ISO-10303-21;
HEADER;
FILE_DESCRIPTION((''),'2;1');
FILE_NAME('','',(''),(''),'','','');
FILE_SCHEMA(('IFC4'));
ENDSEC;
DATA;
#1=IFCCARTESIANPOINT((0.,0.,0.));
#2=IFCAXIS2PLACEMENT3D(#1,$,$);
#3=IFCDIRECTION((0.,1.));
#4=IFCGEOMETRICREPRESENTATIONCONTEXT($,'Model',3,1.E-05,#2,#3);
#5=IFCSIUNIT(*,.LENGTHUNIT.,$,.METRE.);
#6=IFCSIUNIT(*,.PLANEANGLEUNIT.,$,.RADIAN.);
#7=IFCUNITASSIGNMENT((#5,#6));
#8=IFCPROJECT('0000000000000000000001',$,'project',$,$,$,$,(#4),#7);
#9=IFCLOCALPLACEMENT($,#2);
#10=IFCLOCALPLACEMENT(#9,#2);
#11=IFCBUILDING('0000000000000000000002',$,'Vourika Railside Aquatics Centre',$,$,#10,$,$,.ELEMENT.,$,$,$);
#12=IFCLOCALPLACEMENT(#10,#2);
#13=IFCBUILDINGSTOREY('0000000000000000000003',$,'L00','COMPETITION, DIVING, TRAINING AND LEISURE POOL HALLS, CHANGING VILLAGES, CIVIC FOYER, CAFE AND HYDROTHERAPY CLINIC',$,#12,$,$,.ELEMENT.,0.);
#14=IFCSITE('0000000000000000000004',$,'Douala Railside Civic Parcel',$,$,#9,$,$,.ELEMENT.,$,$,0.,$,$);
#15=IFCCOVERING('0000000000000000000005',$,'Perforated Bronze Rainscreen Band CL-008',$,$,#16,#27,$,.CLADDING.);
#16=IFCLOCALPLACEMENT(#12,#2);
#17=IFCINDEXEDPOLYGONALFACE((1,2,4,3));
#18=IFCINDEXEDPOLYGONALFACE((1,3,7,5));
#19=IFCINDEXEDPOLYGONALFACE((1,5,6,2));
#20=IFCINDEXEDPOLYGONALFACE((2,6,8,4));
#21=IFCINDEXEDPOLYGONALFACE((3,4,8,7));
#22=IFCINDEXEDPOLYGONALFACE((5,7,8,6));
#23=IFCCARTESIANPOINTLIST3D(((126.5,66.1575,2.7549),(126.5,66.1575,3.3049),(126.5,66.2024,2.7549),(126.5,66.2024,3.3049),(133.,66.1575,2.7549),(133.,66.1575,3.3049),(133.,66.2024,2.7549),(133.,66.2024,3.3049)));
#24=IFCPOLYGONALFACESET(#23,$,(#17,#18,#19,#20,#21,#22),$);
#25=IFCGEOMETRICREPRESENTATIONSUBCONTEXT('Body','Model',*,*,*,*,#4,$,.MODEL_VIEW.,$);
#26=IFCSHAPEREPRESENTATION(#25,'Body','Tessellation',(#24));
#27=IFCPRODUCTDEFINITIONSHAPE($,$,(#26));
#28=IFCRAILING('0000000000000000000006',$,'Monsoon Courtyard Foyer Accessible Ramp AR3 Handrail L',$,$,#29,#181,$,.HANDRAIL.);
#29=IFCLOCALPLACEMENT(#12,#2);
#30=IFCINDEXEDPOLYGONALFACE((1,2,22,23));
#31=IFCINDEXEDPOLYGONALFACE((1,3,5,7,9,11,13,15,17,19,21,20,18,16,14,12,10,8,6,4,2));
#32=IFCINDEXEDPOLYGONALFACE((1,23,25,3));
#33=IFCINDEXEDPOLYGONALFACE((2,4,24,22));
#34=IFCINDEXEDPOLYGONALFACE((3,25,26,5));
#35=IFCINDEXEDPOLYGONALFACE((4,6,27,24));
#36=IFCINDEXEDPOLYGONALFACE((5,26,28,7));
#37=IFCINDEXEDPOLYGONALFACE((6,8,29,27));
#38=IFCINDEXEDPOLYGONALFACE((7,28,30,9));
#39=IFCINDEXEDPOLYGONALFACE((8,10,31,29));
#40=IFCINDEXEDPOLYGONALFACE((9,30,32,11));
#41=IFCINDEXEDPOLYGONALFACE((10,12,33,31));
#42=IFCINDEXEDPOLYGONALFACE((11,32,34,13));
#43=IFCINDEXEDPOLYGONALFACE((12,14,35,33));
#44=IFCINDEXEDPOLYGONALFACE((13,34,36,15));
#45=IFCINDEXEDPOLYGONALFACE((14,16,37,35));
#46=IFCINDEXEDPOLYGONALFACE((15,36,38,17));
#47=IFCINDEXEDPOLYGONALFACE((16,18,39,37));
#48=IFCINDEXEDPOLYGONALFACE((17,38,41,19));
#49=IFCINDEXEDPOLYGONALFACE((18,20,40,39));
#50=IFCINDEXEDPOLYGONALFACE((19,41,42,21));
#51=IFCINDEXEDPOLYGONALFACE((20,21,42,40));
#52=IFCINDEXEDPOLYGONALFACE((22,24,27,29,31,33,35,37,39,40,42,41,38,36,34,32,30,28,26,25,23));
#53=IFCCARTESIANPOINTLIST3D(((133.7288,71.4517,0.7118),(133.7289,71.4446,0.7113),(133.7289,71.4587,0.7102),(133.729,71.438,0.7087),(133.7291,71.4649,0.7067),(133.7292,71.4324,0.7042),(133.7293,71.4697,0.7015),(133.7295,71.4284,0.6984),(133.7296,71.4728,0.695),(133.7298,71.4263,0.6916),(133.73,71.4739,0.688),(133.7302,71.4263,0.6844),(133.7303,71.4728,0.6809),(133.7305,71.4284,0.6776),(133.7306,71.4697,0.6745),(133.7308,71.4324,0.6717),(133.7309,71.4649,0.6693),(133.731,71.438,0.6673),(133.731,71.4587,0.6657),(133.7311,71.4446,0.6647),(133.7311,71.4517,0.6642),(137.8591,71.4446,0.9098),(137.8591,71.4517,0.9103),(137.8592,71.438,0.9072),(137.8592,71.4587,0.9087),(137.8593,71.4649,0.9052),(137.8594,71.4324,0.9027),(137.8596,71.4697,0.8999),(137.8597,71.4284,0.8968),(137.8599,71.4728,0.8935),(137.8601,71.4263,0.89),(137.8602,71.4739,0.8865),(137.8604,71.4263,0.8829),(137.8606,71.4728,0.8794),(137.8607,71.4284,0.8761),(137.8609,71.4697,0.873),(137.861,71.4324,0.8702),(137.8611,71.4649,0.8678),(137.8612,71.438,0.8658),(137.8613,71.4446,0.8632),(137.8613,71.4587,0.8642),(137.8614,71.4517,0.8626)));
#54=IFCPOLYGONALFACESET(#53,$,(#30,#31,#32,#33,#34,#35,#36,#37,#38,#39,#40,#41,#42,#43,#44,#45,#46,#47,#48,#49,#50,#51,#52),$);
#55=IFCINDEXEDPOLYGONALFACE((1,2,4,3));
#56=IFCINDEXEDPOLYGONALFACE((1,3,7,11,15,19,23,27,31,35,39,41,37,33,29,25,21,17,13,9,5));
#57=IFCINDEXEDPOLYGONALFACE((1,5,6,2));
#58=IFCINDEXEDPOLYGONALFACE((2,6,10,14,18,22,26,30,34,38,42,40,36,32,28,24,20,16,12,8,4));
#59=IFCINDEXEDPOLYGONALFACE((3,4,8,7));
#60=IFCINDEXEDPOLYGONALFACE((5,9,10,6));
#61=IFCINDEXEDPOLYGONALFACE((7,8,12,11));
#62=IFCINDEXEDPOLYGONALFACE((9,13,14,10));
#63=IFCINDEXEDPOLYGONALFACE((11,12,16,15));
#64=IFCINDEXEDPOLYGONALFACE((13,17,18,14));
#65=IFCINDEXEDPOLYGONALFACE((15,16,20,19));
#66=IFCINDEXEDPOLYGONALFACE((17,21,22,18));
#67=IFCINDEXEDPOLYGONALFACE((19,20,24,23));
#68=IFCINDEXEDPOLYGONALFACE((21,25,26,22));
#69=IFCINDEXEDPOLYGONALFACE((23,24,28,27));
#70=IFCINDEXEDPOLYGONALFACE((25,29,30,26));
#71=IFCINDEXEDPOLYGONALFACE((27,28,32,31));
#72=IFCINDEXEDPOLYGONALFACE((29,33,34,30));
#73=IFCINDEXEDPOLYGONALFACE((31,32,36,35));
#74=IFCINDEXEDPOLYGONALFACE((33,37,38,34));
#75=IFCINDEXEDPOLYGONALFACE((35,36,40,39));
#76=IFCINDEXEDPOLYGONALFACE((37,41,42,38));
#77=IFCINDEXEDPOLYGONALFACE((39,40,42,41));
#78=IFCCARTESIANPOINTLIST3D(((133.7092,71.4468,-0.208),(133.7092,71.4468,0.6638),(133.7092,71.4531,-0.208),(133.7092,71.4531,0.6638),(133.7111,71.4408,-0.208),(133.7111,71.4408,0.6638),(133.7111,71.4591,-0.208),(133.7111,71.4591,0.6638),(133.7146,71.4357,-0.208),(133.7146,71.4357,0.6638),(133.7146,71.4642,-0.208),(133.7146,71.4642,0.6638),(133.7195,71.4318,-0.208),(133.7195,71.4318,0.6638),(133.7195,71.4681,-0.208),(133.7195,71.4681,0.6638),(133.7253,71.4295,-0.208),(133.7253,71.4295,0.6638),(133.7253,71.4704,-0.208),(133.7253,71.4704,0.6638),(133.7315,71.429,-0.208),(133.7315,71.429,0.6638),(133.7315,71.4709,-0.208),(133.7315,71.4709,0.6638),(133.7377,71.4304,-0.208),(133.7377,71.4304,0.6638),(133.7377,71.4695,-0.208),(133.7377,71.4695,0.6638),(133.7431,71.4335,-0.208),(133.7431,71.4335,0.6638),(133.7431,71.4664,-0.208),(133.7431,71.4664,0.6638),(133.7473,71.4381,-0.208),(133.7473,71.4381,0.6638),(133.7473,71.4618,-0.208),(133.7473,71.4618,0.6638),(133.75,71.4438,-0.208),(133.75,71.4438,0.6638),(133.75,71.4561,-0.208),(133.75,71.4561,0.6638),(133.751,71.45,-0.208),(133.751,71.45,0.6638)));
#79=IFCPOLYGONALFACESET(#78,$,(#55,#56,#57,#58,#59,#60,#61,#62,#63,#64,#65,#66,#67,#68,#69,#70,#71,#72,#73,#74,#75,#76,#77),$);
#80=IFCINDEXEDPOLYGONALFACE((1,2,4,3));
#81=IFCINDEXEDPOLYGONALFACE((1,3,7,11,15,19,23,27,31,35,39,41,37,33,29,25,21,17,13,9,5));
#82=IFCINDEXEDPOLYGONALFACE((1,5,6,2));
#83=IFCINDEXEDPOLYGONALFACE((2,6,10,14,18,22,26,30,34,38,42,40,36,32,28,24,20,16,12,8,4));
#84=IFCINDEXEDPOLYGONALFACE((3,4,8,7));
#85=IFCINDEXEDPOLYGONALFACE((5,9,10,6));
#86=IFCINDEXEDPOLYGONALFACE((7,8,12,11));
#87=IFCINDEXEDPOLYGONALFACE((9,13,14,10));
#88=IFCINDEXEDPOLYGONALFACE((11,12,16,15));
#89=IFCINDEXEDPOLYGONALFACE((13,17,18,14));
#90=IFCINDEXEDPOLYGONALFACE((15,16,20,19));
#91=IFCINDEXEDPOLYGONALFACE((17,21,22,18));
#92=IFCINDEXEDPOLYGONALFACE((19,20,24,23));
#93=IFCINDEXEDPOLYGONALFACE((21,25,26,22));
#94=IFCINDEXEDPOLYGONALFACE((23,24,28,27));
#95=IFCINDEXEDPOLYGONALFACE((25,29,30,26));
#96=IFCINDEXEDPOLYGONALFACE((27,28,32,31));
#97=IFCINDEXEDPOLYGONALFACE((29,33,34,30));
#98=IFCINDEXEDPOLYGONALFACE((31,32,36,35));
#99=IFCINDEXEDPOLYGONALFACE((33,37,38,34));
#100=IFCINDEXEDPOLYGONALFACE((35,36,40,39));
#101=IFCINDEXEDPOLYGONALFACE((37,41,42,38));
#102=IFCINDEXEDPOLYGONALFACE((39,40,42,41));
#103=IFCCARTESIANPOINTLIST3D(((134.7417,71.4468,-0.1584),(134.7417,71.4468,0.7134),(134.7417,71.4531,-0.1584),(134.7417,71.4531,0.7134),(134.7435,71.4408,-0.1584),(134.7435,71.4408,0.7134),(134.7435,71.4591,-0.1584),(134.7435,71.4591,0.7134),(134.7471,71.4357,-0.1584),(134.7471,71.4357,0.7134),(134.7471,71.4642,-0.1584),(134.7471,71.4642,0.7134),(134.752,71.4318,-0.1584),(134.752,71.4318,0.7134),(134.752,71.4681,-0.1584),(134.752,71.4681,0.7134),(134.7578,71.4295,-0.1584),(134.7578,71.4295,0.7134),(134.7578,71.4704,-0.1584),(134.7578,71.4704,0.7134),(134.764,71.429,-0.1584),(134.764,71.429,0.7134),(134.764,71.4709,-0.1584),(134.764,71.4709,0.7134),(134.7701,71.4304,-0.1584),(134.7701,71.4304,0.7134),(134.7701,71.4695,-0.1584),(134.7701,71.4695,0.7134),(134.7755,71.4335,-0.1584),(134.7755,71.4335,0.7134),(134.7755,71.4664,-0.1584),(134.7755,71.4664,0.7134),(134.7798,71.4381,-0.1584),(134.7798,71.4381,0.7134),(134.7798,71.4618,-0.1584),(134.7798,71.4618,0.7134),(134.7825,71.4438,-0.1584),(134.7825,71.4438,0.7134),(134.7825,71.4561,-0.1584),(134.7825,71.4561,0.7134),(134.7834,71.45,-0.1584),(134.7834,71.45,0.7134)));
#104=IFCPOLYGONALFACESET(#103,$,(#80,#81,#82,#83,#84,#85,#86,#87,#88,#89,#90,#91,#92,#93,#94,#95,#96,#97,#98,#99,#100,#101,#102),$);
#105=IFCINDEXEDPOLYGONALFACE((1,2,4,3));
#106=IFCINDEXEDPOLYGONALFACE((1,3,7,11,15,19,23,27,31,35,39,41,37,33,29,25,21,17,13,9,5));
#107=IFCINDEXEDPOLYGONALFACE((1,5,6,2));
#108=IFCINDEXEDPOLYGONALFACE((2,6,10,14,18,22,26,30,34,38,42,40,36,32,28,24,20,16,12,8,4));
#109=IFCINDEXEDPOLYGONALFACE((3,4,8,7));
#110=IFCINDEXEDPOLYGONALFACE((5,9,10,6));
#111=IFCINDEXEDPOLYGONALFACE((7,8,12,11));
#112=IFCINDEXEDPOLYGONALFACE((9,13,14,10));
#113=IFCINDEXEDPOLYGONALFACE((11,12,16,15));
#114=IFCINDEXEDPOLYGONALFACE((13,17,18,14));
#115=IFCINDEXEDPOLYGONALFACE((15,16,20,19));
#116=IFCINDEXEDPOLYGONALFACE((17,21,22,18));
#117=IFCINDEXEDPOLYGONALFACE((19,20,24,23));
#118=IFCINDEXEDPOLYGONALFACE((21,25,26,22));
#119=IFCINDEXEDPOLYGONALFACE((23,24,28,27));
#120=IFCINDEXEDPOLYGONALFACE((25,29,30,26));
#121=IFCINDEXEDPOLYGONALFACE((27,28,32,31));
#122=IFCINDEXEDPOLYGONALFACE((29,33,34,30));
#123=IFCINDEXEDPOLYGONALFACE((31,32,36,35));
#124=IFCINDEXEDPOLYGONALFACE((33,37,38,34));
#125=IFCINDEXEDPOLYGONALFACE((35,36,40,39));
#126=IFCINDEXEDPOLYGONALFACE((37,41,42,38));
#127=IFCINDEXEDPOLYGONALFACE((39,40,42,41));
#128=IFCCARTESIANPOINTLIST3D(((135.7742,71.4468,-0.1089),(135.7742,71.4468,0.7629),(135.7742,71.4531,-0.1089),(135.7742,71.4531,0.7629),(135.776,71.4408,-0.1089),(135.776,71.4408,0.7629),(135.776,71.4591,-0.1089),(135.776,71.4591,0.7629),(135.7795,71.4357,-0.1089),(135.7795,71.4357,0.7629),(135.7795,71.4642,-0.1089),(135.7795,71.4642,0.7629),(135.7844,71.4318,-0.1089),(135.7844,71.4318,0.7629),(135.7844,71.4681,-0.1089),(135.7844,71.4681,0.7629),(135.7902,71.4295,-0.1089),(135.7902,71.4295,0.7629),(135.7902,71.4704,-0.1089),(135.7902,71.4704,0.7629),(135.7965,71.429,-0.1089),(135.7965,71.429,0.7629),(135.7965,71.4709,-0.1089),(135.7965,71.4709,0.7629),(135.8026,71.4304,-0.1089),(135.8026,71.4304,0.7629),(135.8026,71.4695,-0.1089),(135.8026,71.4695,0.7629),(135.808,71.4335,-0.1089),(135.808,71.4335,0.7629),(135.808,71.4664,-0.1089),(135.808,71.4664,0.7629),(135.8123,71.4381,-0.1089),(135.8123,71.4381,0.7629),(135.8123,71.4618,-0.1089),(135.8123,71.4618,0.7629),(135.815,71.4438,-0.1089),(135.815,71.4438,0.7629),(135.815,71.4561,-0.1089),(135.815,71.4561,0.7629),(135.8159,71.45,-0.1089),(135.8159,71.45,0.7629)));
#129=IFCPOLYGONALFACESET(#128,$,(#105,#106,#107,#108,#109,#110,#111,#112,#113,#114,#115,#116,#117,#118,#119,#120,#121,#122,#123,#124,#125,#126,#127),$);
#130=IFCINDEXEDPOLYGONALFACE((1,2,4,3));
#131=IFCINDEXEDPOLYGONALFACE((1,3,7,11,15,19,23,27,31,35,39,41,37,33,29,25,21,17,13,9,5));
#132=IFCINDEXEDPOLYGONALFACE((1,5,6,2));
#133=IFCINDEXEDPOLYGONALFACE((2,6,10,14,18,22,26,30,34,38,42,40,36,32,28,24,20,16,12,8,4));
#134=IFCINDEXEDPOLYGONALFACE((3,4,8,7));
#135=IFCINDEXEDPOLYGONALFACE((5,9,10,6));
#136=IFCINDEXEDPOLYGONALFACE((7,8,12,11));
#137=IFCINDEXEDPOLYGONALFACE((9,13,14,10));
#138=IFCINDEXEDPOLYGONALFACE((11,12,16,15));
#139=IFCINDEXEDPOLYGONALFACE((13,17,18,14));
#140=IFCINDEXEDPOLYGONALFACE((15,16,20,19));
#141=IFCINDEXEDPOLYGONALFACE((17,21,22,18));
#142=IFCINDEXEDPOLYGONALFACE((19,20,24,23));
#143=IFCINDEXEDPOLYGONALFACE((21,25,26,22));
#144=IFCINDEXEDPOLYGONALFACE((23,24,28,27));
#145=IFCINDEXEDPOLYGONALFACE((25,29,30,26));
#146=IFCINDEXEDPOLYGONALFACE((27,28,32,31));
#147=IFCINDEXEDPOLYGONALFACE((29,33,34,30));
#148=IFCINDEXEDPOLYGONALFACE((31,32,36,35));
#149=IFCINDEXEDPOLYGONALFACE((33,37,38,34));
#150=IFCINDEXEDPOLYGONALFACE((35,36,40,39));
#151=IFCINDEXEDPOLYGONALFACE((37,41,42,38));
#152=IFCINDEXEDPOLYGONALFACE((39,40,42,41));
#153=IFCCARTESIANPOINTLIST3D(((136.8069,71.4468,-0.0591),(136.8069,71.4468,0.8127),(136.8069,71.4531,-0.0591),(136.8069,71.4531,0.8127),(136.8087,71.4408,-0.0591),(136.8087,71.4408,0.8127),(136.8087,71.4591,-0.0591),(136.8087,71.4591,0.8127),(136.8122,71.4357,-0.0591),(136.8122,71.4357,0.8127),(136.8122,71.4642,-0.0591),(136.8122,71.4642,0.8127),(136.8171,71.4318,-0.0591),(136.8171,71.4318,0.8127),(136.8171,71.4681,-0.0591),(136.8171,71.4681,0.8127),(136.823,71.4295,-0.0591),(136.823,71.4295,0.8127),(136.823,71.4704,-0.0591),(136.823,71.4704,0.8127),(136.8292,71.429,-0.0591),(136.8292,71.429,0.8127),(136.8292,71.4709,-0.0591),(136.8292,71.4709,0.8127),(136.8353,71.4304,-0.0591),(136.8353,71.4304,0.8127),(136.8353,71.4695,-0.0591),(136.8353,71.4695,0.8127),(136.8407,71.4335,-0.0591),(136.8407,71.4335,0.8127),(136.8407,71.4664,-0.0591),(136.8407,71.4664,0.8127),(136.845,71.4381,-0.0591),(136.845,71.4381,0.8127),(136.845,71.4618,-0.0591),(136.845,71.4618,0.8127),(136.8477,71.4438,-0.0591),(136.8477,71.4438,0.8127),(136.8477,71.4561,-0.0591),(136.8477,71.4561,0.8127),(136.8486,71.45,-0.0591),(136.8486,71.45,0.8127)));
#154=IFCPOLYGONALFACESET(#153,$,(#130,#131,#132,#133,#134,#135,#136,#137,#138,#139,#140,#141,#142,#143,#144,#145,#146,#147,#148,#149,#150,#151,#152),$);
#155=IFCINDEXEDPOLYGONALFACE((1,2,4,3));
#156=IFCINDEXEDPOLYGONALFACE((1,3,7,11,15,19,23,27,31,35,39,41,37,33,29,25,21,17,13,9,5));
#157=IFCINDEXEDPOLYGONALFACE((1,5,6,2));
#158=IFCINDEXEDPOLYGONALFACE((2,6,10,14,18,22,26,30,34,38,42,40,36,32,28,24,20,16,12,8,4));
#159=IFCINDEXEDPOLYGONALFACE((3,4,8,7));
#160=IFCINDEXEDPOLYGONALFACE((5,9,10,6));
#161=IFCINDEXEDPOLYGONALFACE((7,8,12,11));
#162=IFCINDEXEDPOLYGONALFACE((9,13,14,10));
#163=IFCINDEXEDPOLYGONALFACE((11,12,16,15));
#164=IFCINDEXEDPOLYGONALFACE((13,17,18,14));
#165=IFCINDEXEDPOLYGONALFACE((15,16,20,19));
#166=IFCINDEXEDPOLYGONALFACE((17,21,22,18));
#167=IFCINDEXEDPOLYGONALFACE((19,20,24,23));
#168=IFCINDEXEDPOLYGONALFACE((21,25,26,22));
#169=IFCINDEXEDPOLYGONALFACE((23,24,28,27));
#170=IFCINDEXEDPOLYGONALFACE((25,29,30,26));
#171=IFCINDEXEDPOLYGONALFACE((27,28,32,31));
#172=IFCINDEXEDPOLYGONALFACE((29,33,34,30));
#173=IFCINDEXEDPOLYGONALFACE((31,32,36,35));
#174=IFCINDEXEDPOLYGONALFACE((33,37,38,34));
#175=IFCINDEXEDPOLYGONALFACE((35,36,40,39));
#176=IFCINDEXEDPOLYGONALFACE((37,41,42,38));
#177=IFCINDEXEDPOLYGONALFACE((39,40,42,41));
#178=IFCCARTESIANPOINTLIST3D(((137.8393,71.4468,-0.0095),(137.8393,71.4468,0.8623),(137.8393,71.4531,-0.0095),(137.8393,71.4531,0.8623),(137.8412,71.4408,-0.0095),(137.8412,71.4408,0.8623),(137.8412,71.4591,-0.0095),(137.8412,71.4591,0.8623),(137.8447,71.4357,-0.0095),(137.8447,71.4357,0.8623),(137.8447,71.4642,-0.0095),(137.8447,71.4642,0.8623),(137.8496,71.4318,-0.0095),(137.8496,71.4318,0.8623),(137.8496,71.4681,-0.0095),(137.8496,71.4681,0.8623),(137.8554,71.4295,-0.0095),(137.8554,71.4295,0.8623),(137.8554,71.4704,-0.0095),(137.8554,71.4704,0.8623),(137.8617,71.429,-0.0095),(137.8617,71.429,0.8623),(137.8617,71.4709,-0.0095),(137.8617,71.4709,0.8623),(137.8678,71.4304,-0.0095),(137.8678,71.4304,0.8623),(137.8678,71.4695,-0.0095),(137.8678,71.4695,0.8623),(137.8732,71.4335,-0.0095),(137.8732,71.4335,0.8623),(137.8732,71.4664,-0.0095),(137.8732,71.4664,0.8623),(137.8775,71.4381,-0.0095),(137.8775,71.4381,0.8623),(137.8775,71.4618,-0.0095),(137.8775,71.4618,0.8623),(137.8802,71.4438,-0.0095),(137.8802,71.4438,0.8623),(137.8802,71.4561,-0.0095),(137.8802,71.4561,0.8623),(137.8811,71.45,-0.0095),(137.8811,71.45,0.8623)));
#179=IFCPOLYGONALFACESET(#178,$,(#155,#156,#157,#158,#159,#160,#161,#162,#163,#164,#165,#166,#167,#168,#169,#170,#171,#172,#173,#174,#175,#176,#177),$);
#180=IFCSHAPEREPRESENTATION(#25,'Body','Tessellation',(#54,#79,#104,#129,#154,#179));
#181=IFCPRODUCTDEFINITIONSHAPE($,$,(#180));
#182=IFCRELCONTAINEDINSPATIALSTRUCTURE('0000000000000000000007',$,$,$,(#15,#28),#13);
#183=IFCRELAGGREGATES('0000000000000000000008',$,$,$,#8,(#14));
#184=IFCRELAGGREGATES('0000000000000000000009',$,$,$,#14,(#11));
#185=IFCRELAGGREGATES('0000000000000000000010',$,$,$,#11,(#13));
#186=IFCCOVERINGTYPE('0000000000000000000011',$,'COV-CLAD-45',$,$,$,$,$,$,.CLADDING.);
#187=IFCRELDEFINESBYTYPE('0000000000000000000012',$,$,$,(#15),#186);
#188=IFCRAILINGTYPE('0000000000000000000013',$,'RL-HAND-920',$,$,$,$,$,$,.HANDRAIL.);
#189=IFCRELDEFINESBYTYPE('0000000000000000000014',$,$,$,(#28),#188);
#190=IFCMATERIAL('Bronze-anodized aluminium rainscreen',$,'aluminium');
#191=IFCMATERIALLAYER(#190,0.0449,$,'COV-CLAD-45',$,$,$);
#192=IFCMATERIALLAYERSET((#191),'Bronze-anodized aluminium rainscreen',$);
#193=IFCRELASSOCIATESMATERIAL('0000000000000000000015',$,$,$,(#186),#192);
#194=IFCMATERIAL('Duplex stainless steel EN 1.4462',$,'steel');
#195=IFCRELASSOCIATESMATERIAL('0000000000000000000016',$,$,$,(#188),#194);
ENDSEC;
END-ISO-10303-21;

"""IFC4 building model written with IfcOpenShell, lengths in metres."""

from ifc_helpers import new_model, si_unit, direction, frame, origin, origin_2d, place, context, subcontext, project, spatial, rectangle, circle, extrude, material, layer, layer_set, type_object, element, save


model = new_model("IFC4")

# Units and contexts
model_context = context("Model", 3, precision=1e-05, world=origin(), true_north=direction((0.0, 1.0)))
body_context = subcontext(model_context, "Body", "Model", "MODEL_VIEW")
ifc_project = project(units=[si_unit("LENGTHUNIT", "METRE"), si_unit("PLANEANGLEUNIT", "RADIAN")], contexts=[model_context])

# Site, building, storey
site_placement = place(None, origin())
site = spatial("IfcSite", under=ifc_project, at=site_placement, Name="Douala Railside Civic Parcel", CompositionType="ELEMENT", RefElevation=0.0)
building_placement = place(site_placement, origin())
building = spatial("IfcBuilding", under=site, at=building_placement, Name="Vourika Railside Aquatics Centre", CompositionType="ELEMENT")
storey_placement = place(building_placement, origin())
storey = spatial("IfcBuildingStorey", under=building, at=storey_placement, Name="L00", Description="COMPETITION, DIVING, TRAINING AND LEISURE POOL HALLS, CHANGING VILLAGES, CIVIC FOYER, CAFE AND HYDROTHERAPY CLINIC", CompositionType="ELEMENT", Elevation=0.0)

# Covering
ifc_material_1 = material(Name="Bronze-anodized aluminium rainscreen", Category="aluminium")
ifc_layer_1 = layer(ifc_material_1, 0.0449, Name="COV-CLAD-45")
ifc_layer_set_1 = layer_set([ifc_layer_1], Name="Bronze-anodized aluminium rainscreen")
covering_type = type_object("IfcCoveringType", Name="COV-CLAD-45", PredefinedType="CLADDING", material=ifc_layer_set_1)
covering_placement = place(storey_placement, frame((129.75, 66.1799, 2.7549), z_axis=(0.0, 0.0, 1.0), x_axis=(-1.0, 0.0, 0.0)))
element("IfcCovering", 1, at=covering_placement, inside=storey, type_object=covering_type, Name="Perforated Bronze Rainscreen Band CL-008", PredefinedType="CLADDING", context=body_context, shape_type="SweptSolid", body=[
    extrude(rectangle(XDim=6.5, YDim=0.0449, at=origin_2d()), origin(), (0.0, 0.0, 1.0), 0.55),
])

# Railing
ifc_material_2 = material(Name="Duplex stainless steel EN 1.4462", Category="steel")
railing_type = type_object("IfcRailingType", Name="RL-HAND-920", PredefinedType="HANDRAIL", material=ifc_material_2)
for number, where, name in (
    (2, (133.73, 71.45, -0.208), "Monsoon Courtyard Foyer Accessible Ramp AR3 Handrail L"),
):
    element("IfcRailing", number, at=place(storey_placement, frame(where)), inside=storey, type_object=railing_type, Name=name, PredefinedType="HANDRAIL", context=body_context, shape_type="SweptSolid", body=[
        extrude(circle(Radius=0.0239, at=origin_2d()), frame((0.0, 0.0, 0.896), z_axis=(0.998847, 0.0, 0.048003), x_axis=(0.0, 1.0, 0.0)), (0.0, 0.0, 1.0), 4.135),
        extrude(circle(Radius=0.021, at=origin_2d()), origin(), (0.0, 0.0, 1.0), 0.8718),
        extrude(circle(Radius=0.021, at=origin_2d()), frame((1.0325, 0.0, 0.0496)), (0.0, 0.0, 1.0), 0.8718),
        extrude(circle(Radius=0.021, at=origin_2d()), frame((2.0649, 0.0, 0.0991)), (0.0, 0.0, 1.0), 0.8718),
        extrude(circle(Radius=0.021, at=origin_2d()), frame((3.0977, 0.0, 0.1489)), (0.0, 0.0, 1.0), 0.8718),
        extrude(circle(Radius=0.021, at=origin_2d()), frame((4.1301, 0.0, 0.1985)), (0.0, 0.0, 1.0), 0.8718),
    ])

save(model, "model.ifc")
